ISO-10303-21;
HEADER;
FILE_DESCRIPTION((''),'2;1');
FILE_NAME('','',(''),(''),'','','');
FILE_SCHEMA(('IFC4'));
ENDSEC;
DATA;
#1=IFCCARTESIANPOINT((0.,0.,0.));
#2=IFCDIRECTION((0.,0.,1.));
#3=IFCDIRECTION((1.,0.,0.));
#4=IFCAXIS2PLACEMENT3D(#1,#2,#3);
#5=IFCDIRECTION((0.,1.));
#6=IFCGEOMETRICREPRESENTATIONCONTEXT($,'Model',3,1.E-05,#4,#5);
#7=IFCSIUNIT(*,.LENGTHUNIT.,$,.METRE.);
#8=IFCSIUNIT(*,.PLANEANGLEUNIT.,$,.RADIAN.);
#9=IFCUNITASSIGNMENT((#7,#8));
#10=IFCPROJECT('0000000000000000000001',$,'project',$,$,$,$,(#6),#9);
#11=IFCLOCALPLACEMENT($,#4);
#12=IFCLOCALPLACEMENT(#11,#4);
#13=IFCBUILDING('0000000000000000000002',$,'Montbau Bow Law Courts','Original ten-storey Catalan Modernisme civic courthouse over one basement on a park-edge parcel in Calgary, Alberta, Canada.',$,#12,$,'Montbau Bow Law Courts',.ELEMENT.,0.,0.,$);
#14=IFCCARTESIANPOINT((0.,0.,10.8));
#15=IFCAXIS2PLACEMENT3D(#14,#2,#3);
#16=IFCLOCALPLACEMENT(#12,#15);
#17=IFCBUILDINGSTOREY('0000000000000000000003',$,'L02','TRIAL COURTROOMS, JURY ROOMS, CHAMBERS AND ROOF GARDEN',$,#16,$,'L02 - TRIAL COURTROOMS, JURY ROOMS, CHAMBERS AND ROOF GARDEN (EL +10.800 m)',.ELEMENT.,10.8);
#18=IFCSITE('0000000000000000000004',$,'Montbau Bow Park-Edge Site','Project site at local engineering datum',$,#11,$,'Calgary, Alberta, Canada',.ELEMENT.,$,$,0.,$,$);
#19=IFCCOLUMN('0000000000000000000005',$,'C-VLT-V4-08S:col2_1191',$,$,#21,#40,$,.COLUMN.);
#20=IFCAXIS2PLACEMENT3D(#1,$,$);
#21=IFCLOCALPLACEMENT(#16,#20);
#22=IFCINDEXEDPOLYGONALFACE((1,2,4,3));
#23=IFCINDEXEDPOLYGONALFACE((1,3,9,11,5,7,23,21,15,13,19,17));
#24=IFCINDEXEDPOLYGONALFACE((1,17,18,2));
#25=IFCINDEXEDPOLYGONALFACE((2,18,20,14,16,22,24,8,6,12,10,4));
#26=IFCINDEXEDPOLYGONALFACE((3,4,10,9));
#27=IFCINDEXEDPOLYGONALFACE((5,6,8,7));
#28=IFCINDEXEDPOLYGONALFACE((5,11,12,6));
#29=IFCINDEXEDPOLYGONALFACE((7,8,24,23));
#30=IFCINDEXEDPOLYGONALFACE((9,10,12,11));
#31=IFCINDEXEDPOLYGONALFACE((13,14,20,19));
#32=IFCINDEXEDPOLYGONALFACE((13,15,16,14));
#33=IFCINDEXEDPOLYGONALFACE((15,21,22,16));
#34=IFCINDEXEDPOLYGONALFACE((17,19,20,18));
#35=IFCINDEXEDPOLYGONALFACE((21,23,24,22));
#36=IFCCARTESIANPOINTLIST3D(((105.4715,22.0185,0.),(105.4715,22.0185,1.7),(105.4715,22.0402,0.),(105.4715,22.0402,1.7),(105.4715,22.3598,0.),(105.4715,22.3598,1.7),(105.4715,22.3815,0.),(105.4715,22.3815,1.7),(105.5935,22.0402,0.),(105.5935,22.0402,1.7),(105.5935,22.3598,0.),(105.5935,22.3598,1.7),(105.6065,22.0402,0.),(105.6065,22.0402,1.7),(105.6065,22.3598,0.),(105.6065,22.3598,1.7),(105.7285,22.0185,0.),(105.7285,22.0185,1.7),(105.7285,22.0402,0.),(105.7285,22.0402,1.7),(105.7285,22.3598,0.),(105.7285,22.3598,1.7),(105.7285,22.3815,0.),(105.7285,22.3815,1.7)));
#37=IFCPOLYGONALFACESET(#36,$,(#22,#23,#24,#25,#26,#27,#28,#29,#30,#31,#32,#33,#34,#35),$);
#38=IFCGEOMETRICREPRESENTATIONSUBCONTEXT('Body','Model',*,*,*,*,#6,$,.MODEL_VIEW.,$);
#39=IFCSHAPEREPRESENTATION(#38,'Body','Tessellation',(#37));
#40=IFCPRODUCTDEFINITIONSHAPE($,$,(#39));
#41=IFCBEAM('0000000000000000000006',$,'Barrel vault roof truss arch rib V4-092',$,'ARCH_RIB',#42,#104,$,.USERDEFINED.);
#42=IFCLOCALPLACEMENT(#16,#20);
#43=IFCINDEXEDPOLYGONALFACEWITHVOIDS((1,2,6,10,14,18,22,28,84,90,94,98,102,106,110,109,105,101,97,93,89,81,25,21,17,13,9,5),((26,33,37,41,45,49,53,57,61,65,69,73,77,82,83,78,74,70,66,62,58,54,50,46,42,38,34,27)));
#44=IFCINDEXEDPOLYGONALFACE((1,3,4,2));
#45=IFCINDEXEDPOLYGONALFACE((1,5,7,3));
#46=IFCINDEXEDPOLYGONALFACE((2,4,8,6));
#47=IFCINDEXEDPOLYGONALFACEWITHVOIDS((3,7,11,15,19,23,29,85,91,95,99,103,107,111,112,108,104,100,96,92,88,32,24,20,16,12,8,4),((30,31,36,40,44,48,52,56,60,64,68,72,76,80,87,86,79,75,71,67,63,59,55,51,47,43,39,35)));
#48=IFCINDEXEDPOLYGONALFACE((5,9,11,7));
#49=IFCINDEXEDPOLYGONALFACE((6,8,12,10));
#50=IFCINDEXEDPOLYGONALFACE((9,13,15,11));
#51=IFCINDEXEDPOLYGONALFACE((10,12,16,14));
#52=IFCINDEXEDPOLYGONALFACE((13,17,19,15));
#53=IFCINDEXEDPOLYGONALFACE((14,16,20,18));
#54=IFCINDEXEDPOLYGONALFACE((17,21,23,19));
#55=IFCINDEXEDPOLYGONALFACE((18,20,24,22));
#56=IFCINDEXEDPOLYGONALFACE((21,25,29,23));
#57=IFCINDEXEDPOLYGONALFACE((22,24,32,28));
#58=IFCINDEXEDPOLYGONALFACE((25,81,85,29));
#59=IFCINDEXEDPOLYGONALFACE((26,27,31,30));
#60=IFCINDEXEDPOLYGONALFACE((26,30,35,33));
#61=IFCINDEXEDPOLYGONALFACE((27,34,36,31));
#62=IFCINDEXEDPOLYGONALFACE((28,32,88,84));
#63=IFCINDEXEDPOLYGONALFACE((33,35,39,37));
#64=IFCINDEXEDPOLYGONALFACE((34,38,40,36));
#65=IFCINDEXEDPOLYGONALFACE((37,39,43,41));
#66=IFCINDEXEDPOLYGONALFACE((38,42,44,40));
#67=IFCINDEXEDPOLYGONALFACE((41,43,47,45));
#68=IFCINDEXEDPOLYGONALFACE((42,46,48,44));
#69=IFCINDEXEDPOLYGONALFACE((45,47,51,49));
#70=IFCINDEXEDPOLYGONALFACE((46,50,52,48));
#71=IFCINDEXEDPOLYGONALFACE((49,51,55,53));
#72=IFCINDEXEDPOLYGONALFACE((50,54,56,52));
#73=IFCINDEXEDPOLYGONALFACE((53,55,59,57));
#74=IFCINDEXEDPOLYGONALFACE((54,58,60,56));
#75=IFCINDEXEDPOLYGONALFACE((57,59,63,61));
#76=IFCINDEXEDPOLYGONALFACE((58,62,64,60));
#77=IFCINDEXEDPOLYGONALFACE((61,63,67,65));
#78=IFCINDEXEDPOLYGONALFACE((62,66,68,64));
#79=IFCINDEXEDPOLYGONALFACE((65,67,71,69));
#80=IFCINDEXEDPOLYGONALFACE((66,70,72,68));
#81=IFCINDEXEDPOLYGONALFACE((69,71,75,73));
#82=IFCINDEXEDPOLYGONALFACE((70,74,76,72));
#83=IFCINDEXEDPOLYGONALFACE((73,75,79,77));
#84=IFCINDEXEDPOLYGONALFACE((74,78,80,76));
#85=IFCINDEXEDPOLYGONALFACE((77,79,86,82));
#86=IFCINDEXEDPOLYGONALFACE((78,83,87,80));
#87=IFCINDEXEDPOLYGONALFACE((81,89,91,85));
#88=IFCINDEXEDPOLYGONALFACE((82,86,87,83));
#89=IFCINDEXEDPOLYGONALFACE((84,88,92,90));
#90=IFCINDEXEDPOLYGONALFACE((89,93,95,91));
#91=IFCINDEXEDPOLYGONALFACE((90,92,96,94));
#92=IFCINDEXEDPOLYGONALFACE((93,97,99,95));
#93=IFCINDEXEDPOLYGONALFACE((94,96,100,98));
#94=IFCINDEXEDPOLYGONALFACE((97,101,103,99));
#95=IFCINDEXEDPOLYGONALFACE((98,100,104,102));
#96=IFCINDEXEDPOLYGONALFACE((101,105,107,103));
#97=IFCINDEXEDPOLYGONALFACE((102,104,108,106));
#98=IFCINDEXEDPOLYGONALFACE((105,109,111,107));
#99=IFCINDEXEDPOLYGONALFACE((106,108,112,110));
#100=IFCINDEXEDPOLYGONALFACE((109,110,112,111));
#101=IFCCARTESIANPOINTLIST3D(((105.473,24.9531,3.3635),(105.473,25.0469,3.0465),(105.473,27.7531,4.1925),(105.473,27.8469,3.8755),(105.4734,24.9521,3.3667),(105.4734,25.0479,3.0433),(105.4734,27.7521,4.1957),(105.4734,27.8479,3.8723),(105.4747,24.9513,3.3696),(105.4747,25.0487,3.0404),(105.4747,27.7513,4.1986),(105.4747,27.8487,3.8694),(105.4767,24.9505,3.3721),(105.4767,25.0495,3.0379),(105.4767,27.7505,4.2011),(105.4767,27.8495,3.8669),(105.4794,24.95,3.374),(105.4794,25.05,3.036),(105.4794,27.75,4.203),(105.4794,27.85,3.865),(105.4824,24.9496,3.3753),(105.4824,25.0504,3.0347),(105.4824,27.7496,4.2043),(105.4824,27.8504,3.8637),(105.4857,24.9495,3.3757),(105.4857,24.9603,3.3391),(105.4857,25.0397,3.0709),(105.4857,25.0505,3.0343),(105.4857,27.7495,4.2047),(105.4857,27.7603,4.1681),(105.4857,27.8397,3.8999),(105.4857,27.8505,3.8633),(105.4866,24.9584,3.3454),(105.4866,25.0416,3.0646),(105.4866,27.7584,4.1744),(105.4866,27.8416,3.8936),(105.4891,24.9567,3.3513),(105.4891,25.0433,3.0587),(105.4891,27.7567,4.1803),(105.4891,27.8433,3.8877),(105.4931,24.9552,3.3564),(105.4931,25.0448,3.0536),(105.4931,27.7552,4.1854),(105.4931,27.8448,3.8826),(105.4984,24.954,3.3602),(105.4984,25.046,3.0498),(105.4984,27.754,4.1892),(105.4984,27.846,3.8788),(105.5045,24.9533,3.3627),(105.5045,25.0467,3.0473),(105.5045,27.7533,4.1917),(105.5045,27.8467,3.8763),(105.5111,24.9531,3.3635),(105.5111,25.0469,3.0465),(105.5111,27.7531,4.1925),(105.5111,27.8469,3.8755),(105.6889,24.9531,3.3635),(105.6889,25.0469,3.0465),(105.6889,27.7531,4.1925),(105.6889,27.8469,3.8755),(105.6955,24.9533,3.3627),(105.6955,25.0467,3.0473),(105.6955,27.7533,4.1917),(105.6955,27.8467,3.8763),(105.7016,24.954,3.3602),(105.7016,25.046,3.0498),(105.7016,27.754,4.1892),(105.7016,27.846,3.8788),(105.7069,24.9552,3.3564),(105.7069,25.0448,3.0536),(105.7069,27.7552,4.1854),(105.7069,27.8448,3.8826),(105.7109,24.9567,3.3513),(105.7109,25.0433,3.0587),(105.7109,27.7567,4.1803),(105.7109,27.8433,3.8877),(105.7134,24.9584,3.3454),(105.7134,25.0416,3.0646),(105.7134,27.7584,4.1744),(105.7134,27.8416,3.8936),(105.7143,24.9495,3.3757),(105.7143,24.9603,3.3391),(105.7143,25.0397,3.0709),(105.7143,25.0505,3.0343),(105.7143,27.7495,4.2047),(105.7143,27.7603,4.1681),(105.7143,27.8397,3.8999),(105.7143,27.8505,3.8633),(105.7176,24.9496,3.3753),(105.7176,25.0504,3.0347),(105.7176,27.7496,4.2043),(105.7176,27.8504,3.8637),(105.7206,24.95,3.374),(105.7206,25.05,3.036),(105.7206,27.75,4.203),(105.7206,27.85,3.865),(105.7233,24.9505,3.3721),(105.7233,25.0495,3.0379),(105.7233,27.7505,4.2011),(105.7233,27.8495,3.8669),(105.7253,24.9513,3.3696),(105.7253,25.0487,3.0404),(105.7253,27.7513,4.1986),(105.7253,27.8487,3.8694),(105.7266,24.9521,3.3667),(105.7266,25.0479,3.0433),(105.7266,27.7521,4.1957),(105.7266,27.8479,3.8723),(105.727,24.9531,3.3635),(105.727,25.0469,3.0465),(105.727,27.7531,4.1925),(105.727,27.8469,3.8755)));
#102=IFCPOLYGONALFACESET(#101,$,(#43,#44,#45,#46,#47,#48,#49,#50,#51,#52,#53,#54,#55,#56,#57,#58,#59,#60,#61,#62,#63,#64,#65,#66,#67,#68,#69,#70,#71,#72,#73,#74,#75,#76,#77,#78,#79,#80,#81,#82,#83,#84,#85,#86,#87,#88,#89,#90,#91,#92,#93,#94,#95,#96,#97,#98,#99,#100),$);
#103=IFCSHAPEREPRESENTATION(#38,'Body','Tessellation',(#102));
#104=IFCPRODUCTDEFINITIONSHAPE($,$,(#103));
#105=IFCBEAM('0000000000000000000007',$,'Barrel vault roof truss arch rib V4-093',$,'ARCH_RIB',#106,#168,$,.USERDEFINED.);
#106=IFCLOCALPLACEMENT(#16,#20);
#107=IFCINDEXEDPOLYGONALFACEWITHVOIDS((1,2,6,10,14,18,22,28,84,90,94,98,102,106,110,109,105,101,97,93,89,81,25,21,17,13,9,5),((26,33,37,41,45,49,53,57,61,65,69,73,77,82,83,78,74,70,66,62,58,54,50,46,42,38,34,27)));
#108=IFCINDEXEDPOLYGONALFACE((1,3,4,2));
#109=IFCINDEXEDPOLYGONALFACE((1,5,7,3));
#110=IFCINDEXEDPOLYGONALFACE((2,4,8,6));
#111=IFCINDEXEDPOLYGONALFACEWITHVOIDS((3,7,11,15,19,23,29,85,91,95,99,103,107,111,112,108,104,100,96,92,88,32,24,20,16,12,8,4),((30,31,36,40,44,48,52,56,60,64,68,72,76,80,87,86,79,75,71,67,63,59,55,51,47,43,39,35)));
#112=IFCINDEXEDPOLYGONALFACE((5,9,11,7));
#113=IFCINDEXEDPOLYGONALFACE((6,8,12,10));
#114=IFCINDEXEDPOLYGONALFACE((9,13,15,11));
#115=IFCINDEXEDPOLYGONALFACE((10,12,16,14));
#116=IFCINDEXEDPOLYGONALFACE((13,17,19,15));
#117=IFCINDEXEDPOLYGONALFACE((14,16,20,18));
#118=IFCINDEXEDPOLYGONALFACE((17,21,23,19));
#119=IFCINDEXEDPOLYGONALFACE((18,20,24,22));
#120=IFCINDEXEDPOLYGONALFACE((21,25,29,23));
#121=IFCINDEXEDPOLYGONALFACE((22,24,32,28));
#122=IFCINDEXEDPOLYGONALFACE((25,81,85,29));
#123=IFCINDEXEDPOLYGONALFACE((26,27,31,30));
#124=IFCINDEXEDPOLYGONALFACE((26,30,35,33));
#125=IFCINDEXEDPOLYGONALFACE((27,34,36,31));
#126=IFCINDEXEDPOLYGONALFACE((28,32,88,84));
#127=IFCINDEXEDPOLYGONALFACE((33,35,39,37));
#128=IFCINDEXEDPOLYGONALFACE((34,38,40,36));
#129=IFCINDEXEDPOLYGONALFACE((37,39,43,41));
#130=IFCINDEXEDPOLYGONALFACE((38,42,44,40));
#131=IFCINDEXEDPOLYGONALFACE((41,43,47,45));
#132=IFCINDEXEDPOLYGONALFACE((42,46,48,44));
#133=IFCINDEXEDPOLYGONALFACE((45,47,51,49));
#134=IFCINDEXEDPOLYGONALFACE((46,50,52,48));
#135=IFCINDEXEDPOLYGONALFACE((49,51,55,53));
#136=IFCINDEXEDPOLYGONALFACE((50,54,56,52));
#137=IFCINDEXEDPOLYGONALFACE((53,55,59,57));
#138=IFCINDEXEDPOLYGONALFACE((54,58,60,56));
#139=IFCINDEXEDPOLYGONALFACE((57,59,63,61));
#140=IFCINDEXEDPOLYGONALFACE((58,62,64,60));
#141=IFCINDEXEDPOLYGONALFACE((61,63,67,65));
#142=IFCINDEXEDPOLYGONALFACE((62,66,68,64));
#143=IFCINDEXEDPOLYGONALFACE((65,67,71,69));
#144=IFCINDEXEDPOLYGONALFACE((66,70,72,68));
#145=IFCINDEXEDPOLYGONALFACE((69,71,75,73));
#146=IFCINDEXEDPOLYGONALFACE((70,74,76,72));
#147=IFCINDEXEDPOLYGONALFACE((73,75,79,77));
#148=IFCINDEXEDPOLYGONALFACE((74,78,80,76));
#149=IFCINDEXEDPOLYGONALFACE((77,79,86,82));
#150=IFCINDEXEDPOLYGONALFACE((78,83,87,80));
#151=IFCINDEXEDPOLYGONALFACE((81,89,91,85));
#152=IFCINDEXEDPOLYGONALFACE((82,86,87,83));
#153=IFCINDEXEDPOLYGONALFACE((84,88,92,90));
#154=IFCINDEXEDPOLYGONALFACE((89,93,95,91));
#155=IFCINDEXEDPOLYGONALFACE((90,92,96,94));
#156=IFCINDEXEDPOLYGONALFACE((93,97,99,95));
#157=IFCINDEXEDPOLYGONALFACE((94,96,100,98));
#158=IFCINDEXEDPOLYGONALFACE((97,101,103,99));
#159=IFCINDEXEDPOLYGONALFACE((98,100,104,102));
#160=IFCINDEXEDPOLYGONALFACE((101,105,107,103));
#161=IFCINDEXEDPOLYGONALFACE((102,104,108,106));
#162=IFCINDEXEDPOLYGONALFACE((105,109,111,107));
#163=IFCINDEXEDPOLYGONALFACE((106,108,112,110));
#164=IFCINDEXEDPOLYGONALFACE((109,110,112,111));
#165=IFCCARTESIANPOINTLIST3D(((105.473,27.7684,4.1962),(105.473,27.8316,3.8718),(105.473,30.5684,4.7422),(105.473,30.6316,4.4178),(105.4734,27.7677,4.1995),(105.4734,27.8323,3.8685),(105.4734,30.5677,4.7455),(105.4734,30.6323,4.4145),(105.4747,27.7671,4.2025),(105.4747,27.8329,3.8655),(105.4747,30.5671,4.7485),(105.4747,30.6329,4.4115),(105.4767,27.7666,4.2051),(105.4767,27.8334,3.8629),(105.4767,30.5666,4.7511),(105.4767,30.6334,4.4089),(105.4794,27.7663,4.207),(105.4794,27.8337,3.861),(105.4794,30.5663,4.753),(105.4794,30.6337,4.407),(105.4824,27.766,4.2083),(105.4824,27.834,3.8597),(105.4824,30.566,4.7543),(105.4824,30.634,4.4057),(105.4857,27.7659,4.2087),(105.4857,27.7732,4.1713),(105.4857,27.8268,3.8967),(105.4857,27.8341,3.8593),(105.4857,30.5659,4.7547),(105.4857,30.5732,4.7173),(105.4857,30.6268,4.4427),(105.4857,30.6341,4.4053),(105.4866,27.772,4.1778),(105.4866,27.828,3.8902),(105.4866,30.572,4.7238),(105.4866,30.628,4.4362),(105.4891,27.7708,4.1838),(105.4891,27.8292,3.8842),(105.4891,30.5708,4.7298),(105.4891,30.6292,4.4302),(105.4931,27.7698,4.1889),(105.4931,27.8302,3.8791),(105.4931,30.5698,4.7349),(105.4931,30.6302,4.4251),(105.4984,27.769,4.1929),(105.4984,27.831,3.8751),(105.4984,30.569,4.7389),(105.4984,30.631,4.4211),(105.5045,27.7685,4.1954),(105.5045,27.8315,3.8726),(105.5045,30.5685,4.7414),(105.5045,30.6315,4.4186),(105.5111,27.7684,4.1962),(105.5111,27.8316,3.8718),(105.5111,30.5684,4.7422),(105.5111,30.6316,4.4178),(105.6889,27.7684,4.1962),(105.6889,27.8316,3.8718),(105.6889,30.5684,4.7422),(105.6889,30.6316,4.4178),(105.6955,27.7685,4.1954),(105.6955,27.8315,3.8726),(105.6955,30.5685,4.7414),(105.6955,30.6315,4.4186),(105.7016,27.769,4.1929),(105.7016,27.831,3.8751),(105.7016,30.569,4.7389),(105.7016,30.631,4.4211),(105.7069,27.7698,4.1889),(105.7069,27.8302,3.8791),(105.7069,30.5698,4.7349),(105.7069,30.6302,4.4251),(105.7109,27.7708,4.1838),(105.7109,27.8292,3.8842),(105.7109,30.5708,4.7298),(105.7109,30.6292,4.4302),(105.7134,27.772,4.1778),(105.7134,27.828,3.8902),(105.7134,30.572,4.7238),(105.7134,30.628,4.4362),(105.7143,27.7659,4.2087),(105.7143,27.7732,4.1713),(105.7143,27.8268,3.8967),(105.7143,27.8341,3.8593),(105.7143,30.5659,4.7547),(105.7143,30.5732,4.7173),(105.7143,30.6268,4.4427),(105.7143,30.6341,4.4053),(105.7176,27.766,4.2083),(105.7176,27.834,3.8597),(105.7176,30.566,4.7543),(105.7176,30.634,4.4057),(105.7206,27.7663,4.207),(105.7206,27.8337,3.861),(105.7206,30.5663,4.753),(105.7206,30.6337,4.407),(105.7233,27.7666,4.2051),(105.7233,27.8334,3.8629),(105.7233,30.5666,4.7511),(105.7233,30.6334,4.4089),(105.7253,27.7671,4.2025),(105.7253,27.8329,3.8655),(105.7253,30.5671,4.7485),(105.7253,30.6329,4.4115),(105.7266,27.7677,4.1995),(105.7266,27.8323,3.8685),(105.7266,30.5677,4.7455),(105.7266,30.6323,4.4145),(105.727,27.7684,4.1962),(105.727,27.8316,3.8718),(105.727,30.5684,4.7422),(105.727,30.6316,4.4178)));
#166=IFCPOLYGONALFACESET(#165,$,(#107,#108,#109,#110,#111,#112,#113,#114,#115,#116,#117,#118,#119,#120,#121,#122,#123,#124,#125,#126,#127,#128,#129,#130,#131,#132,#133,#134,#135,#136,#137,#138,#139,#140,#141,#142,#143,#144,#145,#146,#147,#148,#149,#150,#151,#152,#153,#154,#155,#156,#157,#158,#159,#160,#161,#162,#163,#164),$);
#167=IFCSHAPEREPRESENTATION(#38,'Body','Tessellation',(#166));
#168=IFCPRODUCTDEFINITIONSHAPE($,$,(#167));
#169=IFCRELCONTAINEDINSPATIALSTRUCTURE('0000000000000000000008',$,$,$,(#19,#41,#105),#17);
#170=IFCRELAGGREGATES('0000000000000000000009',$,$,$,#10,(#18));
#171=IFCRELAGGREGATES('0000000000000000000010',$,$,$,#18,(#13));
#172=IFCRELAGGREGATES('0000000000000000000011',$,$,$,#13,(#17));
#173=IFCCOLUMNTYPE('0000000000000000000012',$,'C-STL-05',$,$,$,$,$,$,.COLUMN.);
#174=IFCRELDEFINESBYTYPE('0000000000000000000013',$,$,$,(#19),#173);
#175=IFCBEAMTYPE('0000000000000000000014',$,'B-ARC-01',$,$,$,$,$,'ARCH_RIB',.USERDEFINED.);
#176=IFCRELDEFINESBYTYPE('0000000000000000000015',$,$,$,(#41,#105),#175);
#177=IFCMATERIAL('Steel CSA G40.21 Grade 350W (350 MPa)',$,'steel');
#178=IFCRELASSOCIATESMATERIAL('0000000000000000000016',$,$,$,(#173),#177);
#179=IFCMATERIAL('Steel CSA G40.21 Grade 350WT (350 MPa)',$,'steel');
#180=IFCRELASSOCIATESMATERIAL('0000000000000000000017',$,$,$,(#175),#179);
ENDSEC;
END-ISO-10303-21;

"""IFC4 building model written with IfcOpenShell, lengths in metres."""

from ifc_helpers import new_model, si_unit, direction, frame, origin_with_axes, origin_2d_with_axis, place, context, subcontext, project, spatial, hollow_rectangle, i_section, extrude, material, material_profile, profile_set, type_object, element, save


model = new_model("IFC4")

# Units and contexts
model_context = context("Model", 3, precision=1e-05, world=origin_with_axes(), true_north=direction((0.0, 1.0)))
body_context = subcontext(model_context, "Body", "Model", "MODEL_VIEW")
ifc_project = project(units=[si_unit("LENGTHUNIT", "METRE"), si_unit("PLANEANGLEUNIT", "RADIAN")], contexts=[model_context])

# Site, building, storey
site_placement = place(None, origin_with_axes())
site = spatial("IfcSite", under=ifc_project, at=site_placement, Name="Montbau Bow Park-Edge Site", Description="Project site at local engineering datum", LongName="Calgary, Alberta, Canada", CompositionType="ELEMENT", RefElevation=0.0)
building_placement = place(site_placement, origin_with_axes())
building = spatial("IfcBuilding", under=site, at=building_placement, Name="Montbau Bow Law Courts", Description="Original ten-storey Catalan Modernisme civic courthouse over one basement on a park-edge parcel in Calgary, Alberta, Canada.", LongName="Montbau Bow Law Courts", CompositionType="ELEMENT", ElevationOfRefHeight=0.0, ElevationOfTerrain=0.0)
storey_placement = place(building_placement, frame((0.0, 0.0, 10.8), z_axis=(0.0, 0.0, 1.0), x_axis=(1.0, 0.0, 0.0)))
storey = spatial("IfcBuildingStorey", under=building, at=storey_placement, Name="L02", Description="TRIAL COURTROOMS, JURY ROOMS, CHAMBERS AND ROOF GARDEN", LongName="L02 - TRIAL COURTROOMS, JURY ROOMS, CHAMBERS AND ROOF GARDEN (EL +10.800 m)", CompositionType="ELEMENT", Elevation=10.8)

# Column
ifc_material_1 = material(Name="Steel CSA G40.21 Grade 350W (350 MPa)", Category="steel")
ifc_material_profile_1 = material_profile(ifc_material_1, i_section(OverallWidth=0.257, OverallDepth=0.363, WebThickness=0.013, FlangeThickness=0.0217, at=origin_2d_with_axis()), Name="W360X122", Category="Main", Priority=0)
ifc_profile_set_1 = profile_set([ifc_material_profile_1], Name="Steel CSA G40.21 Grade 350W (350 MPa)")
column_type = type_object("IfcColumnType", Name="C-STL-05", PredefinedType="COLUMN", material=ifc_profile_set_1)
column_placement = place(None, frame((105.6, 22.2, 10.8), z_axis=(0.0, 0.0, 1.0), x_axis=(1.0, 0.0, 0.0)))
element("IfcColumn", 1, at=column_placement, inside=storey, type_object=column_type, Name="C-VLT-V4-08S:col2_1191", PredefinedType="COLUMN", context=body_context, shape_type="SweptSolid", body=[
    extrude(i_section(OverallWidth=0.257, OverallDepth=0.363, WebThickness=0.013, FlangeThickness=0.0217, at=origin_2d_with_axis()), origin_with_axes(), (0.0, 0.0, 1.0), 1.7),
])

# Beams
ifc_material_2 = material(Name="Steel CSA G40.21 Grade 350WT (350 MPa)", Category="steel")
ifc_material_profile_2 = material_profile(ifc_material_2, hollow_rectangle(XDim=0.254, YDim=0.356, WallThickness=0.0127, InnerFilletRadius=0.0254, OuterFilletRadius=0.0127, at=origin_2d_with_axis()), Name="HSS356X254X13", Category="Main", Priority=0)
ifc_profile_set_2 = profile_set([ifc_material_profile_2], Name="Steel CSA G40.21 Grade 350WT (350 MPa)")
beam_type_1 = type_object("IfcBeamType", Name="B-ARC-01", ElementType="ARCH_RIB", PredefinedType="USERDEFINED", material=ifc_profile_set_2)
beam_1_placement = place(None, frame((105.6, 25.0, 14.005), z_axis=(0.0, 0.958857, 0.28389), x_axis=(-1.0, 0.0, 0.0)))
element("IfcBeam", 2, at=beam_1_placement, inside=storey, type_object=beam_type_1, Name="Barrel vault roof truss arch rib V4-092", ObjectType="ARCH_RIB", PredefinedType="USERDEFINED", context=body_context, shape_type="SweptSolid", body=[
    extrude(hollow_rectangle(XDim=0.254, YDim=0.356, WallThickness=0.0127, InnerFilletRadius=0.0254, OuterFilletRadius=0.0127, at=origin_2d_with_axis()), origin_with_axes(), (0.0, 0.0, 1.0), 2.9201),
])
for number, where, z_axis, x_axis, name in (
    (3, (105.6, 27.8, 14.834), (0.0, 0.981513, 0.191395), (-1.0, 0.0, 0.0), "Barrel vault roof truss arch rib V4-093"),
):
    element("IfcBeam", number, at=place(None, frame(where, z_axis=z_axis, x_axis=x_axis)), inside=storey, type_object=beam_type_1, Name=name, ObjectType="ARCH_RIB", PredefinedType="USERDEFINED", context=body_context, shape_type="SweptSolid", body=[
        extrude(hollow_rectangle(XDim=0.254, YDim=0.356, WallThickness=0.0127, InnerFilletRadius=0.0254, OuterFilletRadius=0.0127, at=origin_2d_with_axis()), origin_with_axes(), (0.0, 0.0, 1.0), 2.8527),
    ])

save(model, "model.ifc")
